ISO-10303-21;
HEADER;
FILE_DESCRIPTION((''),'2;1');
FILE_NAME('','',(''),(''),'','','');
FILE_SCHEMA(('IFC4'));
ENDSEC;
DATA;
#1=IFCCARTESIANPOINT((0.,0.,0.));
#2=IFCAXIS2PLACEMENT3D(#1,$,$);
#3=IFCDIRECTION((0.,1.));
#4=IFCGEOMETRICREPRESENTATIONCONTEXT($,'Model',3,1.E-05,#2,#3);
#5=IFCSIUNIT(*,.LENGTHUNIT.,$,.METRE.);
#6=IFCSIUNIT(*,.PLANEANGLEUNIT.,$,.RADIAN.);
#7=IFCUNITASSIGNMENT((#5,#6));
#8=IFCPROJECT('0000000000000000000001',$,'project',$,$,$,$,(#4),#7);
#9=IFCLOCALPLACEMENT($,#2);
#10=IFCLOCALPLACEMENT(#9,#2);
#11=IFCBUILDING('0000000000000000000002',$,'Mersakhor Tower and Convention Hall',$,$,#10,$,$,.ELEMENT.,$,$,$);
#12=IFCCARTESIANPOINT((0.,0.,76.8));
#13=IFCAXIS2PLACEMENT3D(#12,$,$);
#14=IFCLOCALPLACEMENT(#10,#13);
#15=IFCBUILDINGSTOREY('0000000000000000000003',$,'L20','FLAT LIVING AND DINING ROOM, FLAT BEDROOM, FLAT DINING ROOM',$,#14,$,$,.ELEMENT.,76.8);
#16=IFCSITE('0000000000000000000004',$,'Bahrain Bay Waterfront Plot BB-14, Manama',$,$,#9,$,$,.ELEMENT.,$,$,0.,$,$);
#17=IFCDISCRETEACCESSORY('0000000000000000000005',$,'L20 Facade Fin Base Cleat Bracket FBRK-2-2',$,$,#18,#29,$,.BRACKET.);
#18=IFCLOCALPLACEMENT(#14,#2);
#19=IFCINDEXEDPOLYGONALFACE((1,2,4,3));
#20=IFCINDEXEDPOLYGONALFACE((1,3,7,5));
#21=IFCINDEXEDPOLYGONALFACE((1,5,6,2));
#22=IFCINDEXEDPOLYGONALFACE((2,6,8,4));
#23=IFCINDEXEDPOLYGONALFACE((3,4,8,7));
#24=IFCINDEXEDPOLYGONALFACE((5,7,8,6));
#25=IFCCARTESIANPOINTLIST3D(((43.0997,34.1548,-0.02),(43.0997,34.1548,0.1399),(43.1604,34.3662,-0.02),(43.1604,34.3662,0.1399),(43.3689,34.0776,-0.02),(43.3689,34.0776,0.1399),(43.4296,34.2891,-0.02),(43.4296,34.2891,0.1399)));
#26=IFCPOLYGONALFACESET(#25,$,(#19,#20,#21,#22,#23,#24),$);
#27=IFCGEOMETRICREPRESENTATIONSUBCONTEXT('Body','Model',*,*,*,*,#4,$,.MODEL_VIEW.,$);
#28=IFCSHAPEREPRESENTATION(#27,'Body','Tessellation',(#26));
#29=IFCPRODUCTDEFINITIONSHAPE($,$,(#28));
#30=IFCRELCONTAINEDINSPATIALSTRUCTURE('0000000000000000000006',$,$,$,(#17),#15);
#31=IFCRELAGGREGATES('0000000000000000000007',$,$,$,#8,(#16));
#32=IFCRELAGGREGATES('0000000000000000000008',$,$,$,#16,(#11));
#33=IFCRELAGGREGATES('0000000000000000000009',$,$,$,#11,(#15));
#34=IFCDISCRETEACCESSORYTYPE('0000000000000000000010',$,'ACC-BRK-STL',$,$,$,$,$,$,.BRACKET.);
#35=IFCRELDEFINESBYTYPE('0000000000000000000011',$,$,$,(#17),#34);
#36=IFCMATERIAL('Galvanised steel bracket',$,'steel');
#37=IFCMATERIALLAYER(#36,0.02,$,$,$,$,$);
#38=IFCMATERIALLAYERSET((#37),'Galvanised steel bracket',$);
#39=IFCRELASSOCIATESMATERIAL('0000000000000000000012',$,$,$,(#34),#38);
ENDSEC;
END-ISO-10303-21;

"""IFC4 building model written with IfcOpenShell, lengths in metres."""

from ifc_helpers import new_model, si_unit, direction, frame, origin, origin_2d, place, context, subcontext, project, spatial, rectangle, extrude, material, layer, layer_set, type_object, element, save


model = new_model("IFC4")

# Units and contexts
model_context = context("Model", 3, precision=1e-05, world=origin(), true_north=direction((0.0, 1.0)))
body_context = subcontext(model_context, "Body", "Model", "MODEL_VIEW")
ifc_project = project(units=[si_unit("LENGTHUNIT", "METRE"), si_unit("PLANEANGLEUNIT", "RADIAN")], contexts=[model_context])

# Site, building, storey
site_placement = place(None, origin())
site = spatial("IfcSite", under=ifc_project, at=site_placement, Name="Bahrain Bay Waterfront Plot BB-14, Manama", CompositionType="ELEMENT", RefElevation=0.0)
building_placement = place(site_placement, origin())
building = spatial("IfcBuilding", under=site, at=building_placement, Name="Mersakhor Tower and Convention Hall", CompositionType="ELEMENT")
storey_placement = place(building_placement, frame((0.0, 0.0, 76.8)))
storey = spatial("IfcBuildingStorey", under=building, at=storey_placement, Name="L20", Description="FLAT LIVING AND DINING ROOM, FLAT BEDROOM, FLAT DINING ROOM", CompositionType="ELEMENT", Elevation=76.8)

# Discrete accessory
ifc_material_1 = material(Name="Galvanised steel bracket", Category="steel")
ifc_layer_1 = layer(ifc_material_1, 0.02)
ifc_layer_set_1 = layer_set([ifc_layer_1], Name="Galvanised steel bracket")
discrete_accessory_type = type_object("IfcDiscreteAccessoryType", Name="ACC-BRK-STL", PredefinedType="BRACKET", material=ifc_layer_set_1)
for number, where, z_axis, x_axis, name in (
    (1, (43.2646, 34.2219, -0.02), (0.0, 0.0, 1.0), (0.961262, -0.275637, 0.0), "L20 Facade Fin Base Cleat Bracket FBRK-2-2"),
):
    element("IfcDiscreteAccessory", number, at=place(storey_placement, frame(where, z_axis=z_axis, x_axis=x_axis)), inside=storey, type_object=discrete_accessory_type, Name=name, PredefinedType="BRACKET", context=body_context, shape_type="SweptSolid", body=[
        extrude(rectangle(XDim=0.28, YDim=0.22, at=origin_2d()), origin(), (0.0, 0.0, 1.0), 0.1599),
    ])

save(model, "model.ifc")
